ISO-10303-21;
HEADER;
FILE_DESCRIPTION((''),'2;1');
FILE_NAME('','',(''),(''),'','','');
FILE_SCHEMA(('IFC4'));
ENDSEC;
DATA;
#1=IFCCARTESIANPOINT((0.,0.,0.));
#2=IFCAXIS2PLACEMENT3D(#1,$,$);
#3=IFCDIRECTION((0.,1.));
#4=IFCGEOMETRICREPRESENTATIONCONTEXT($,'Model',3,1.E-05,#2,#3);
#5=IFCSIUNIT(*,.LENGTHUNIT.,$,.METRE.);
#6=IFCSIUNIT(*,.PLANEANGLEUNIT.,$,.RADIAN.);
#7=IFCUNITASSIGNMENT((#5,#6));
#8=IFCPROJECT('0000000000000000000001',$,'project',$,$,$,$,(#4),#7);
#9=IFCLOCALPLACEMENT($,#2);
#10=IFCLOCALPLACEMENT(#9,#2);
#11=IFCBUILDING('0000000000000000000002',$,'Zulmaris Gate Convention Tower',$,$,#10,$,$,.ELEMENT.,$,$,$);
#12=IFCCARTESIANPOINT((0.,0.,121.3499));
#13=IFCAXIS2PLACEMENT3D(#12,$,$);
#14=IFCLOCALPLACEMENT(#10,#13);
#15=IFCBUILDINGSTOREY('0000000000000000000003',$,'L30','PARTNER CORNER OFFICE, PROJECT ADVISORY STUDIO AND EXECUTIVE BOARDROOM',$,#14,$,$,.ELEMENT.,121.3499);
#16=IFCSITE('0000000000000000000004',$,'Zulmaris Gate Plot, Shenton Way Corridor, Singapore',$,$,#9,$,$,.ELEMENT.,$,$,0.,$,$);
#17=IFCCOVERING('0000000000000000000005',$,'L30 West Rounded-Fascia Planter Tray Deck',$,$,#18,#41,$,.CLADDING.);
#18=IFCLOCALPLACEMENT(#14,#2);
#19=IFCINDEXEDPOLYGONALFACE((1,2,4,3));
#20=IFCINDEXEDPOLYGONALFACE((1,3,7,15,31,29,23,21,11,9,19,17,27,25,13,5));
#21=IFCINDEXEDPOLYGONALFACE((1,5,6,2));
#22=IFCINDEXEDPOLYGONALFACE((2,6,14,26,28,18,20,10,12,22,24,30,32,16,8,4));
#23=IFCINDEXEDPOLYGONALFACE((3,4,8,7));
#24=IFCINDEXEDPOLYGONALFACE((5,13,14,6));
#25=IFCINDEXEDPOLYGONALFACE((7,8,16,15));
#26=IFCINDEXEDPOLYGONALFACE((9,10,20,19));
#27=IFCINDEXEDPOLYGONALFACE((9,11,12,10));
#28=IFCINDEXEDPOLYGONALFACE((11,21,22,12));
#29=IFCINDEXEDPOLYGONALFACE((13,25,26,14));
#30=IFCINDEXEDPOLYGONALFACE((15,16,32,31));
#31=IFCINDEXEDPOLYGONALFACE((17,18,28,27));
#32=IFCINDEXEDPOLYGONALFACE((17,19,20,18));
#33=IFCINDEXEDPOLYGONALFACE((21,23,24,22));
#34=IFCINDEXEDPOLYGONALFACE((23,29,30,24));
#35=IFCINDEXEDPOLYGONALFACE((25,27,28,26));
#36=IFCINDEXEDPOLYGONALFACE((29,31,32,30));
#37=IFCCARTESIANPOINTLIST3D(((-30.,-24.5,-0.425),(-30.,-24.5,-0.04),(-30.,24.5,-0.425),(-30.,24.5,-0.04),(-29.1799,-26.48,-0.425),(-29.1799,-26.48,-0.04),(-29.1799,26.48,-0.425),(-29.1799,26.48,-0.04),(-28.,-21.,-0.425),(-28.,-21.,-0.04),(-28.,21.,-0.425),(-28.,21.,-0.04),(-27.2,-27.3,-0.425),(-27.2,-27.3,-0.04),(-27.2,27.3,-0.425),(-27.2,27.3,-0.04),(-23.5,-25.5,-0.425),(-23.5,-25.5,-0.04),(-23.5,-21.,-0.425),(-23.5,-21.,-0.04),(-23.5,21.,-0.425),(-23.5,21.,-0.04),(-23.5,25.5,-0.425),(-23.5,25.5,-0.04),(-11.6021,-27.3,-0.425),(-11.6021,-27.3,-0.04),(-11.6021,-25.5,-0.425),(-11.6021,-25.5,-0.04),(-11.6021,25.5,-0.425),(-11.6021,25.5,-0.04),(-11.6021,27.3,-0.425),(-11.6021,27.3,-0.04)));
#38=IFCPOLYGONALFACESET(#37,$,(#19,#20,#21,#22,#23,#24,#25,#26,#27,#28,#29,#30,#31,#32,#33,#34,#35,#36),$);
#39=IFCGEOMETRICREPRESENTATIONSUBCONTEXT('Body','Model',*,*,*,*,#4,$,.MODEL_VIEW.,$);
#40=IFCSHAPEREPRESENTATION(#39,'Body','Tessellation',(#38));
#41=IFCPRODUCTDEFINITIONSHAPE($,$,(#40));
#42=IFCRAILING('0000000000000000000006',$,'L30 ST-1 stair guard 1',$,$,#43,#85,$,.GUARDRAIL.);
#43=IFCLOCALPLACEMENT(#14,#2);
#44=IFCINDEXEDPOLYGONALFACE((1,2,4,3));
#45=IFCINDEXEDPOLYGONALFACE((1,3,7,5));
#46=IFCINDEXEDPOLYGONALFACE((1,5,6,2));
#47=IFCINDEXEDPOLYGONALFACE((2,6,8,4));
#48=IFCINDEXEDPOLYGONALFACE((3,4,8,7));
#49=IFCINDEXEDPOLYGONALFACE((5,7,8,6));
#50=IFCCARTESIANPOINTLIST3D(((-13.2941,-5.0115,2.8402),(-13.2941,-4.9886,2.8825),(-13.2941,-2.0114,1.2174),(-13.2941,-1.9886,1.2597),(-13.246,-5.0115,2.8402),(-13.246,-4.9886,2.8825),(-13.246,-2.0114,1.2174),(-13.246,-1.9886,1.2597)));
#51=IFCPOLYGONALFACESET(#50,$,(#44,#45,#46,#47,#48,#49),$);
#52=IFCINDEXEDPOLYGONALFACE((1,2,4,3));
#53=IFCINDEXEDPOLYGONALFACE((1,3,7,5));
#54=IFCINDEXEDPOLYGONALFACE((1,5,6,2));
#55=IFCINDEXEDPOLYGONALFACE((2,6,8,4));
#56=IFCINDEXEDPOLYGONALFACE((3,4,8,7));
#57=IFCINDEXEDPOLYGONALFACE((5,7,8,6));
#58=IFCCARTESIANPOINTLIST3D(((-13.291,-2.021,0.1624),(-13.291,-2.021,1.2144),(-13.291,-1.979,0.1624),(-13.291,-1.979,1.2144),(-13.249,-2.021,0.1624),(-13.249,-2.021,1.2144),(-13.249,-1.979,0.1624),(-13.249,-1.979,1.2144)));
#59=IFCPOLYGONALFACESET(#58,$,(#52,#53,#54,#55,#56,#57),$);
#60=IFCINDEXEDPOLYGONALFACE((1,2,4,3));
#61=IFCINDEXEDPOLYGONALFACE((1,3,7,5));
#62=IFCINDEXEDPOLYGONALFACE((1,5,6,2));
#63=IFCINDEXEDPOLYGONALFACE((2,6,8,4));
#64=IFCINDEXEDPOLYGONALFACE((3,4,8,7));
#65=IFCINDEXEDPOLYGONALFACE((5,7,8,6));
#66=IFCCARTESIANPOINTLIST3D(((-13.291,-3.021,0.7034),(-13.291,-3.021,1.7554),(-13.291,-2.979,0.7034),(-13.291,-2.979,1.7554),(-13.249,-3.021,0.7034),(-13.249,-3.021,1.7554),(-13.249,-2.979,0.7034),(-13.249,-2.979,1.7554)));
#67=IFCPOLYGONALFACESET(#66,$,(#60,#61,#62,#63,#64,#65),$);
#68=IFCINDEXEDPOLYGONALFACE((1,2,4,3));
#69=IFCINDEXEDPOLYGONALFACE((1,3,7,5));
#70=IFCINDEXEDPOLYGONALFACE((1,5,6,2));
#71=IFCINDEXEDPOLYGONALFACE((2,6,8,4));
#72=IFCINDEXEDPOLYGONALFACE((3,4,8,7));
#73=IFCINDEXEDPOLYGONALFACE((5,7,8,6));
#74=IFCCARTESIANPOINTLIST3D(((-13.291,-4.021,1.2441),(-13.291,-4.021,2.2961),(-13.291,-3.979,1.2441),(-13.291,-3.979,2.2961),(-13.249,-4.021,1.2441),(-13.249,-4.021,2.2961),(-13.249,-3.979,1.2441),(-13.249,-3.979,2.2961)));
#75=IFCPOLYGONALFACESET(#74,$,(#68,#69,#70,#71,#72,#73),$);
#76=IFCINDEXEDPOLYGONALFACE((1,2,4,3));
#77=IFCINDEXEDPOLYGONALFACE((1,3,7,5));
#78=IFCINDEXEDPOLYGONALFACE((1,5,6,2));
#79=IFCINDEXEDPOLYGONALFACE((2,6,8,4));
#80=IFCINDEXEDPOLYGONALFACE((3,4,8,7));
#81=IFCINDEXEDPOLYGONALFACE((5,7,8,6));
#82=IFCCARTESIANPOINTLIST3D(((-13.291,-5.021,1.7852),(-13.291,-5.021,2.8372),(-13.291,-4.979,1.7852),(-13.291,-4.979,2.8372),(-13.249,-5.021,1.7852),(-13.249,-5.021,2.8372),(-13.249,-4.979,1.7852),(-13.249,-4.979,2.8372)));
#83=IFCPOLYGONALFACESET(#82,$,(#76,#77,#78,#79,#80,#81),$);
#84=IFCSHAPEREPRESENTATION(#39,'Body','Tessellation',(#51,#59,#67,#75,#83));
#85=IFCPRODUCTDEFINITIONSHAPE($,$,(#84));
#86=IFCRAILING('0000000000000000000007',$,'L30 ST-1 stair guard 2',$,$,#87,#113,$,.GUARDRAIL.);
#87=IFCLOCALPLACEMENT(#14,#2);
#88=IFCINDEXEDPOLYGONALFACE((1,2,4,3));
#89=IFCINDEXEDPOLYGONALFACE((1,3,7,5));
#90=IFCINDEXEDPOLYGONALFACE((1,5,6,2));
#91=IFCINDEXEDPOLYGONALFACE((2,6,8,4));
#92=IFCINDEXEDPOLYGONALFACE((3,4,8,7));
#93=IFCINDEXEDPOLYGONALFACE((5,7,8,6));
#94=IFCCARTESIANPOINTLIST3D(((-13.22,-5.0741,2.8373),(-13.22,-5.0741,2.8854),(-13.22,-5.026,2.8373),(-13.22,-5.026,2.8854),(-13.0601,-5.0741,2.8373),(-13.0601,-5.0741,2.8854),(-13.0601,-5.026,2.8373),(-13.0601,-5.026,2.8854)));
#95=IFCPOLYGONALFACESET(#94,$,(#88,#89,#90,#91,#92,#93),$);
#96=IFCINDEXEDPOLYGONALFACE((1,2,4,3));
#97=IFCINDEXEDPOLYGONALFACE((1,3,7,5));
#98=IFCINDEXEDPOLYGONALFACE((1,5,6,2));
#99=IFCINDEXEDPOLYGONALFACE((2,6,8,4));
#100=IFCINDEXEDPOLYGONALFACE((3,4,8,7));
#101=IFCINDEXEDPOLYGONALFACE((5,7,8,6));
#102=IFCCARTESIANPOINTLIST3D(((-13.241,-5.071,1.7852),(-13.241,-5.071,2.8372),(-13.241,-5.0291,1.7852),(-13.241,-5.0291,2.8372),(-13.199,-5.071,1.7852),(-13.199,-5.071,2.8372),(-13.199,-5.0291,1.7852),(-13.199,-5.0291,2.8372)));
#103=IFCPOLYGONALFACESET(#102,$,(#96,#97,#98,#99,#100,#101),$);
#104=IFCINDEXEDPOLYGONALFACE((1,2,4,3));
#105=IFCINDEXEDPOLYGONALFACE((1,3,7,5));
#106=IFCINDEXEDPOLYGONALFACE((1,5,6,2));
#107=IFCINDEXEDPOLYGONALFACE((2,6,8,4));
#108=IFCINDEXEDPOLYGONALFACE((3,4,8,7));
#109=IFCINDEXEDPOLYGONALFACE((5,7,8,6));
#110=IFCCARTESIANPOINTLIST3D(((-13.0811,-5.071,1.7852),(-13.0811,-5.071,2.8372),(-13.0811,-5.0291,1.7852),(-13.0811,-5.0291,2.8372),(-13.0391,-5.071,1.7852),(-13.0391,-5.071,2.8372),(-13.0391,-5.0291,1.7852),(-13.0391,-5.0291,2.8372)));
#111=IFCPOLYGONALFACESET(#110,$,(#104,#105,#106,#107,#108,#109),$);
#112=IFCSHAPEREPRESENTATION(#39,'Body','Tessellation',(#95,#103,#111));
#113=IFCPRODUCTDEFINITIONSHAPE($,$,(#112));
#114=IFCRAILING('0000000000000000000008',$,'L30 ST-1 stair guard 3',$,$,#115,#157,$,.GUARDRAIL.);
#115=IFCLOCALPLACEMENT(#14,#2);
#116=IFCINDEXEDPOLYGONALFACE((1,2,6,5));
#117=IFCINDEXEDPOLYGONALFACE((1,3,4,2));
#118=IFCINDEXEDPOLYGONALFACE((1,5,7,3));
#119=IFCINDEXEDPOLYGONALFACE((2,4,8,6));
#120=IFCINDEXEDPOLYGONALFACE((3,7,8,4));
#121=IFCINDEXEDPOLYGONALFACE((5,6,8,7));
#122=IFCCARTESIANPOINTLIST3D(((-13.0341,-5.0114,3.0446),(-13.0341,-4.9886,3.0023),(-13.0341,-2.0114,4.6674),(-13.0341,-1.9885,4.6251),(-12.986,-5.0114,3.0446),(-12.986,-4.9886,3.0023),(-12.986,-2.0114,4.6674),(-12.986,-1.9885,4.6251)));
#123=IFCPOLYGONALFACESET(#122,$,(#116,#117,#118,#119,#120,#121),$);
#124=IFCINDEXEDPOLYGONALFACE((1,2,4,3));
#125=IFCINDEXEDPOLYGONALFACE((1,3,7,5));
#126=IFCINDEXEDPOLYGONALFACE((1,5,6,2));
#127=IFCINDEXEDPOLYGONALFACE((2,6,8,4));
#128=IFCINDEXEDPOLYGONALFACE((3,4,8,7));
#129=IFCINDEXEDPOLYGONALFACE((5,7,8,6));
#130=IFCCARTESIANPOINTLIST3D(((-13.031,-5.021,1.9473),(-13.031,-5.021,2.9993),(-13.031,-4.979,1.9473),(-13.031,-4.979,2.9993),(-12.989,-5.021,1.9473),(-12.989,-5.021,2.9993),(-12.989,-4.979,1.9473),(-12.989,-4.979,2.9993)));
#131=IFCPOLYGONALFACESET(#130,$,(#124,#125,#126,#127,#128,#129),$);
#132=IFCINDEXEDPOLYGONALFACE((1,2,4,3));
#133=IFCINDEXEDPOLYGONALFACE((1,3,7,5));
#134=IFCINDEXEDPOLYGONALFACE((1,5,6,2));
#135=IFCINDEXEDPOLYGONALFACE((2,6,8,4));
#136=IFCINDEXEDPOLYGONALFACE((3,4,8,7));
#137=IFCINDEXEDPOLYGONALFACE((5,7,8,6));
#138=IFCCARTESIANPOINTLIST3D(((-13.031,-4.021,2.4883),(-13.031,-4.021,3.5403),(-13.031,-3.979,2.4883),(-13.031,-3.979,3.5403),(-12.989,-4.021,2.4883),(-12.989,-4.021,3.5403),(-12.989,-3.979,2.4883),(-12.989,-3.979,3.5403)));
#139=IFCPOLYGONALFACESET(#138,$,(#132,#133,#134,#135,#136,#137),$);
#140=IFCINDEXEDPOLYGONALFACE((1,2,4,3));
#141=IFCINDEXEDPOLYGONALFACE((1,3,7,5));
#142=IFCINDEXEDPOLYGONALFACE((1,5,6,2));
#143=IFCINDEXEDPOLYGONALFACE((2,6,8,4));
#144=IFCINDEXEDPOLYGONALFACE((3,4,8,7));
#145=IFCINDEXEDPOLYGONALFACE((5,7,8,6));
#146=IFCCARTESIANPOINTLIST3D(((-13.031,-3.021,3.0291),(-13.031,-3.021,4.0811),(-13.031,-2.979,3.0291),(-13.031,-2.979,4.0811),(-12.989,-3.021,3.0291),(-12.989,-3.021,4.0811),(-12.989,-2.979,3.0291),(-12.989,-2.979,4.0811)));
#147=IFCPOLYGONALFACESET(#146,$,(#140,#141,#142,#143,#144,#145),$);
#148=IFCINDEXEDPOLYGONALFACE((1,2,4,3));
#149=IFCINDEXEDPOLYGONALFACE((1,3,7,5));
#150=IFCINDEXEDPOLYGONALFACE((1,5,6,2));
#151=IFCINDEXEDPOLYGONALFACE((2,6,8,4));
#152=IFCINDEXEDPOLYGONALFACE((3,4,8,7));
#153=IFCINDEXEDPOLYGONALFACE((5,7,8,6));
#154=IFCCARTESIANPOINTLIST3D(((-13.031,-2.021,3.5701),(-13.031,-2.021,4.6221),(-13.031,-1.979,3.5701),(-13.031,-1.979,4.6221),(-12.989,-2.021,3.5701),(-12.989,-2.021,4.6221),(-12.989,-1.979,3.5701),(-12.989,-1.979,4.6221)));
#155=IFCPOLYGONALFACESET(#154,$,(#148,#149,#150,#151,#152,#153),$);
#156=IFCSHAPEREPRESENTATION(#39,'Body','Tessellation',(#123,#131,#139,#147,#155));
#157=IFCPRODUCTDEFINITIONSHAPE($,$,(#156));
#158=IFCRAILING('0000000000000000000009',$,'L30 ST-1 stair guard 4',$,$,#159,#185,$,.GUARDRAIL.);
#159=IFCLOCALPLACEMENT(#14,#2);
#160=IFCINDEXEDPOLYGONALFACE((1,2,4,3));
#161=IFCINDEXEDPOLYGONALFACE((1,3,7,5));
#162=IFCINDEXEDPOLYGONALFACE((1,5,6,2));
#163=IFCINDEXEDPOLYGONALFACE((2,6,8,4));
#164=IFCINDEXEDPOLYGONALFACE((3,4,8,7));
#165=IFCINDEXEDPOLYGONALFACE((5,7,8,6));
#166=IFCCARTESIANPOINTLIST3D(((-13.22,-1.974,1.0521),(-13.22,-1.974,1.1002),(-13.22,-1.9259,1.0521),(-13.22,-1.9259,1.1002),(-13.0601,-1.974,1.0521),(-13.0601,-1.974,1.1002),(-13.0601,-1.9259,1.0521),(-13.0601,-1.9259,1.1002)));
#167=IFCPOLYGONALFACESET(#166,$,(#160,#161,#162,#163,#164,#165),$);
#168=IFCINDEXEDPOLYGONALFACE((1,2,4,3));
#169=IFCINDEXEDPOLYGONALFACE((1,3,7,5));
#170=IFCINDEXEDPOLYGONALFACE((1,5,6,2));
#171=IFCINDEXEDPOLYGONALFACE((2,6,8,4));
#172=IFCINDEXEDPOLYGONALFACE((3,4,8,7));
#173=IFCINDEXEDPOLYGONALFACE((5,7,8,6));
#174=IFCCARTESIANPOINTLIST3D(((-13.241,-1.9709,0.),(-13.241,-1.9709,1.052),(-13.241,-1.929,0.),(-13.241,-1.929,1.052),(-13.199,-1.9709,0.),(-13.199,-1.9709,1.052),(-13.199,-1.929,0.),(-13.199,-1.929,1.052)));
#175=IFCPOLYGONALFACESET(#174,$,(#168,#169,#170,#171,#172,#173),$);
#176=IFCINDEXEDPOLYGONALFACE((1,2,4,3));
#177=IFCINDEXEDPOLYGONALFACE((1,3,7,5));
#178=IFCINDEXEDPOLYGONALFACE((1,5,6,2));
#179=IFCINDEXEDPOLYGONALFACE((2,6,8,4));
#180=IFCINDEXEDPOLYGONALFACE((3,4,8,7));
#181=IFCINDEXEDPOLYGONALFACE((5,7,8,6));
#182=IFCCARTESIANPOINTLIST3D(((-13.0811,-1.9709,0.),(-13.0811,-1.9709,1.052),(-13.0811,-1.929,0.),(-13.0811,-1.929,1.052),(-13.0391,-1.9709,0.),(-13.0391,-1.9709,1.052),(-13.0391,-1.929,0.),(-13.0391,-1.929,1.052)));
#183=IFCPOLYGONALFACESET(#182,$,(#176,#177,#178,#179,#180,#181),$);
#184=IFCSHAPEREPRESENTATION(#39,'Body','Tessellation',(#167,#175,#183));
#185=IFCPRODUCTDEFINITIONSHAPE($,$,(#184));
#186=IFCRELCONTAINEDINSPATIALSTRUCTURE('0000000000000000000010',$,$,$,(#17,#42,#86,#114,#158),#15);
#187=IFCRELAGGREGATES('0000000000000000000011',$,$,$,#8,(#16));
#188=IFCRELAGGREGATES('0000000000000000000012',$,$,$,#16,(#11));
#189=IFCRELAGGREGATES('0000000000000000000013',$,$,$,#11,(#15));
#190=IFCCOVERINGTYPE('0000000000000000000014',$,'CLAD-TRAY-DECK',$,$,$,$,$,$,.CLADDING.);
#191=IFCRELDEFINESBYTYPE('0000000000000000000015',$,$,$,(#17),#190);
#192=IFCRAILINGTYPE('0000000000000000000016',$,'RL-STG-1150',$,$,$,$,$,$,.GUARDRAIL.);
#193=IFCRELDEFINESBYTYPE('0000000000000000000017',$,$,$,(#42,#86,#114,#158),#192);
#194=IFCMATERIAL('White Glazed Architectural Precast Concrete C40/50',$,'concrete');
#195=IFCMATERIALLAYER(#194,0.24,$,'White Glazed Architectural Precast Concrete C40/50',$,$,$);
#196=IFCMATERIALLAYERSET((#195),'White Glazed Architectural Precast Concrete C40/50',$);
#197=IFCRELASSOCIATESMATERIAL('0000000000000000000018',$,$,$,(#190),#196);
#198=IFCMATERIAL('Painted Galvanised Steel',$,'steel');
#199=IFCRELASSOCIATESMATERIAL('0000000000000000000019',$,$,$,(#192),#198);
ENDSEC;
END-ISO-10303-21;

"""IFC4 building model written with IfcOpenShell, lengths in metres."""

from ifc_helpers import new_model, si_unit, direction, frame, origin, origin_2d, place, context, subcontext, project, spatial, polyline, rectangle, outline, extrude, material, layer, layer_set, type_object, element, save


model = new_model("IFC4")

# Units and contexts
model_context = context("Model", 3, precision=1e-05, world=origin(), true_north=direction((0.0, 1.0)))
body_context = subcontext(model_context, "Body", "Model", "MODEL_VIEW")
ifc_project = project(units=[si_unit("LENGTHUNIT", "METRE"), si_unit("PLANEANGLEUNIT", "RADIAN")], contexts=[model_context])

# Site, building, storey
site_placement = place(None, origin())
site = spatial("IfcSite", under=ifc_project, at=site_placement, Name="Zulmaris Gate Plot, Shenton Way Corridor, Singapore", CompositionType="ELEMENT", RefElevation=0.0)
building_placement = place(site_placement, origin())
building = spatial("IfcBuilding", under=site, at=building_placement, Name="Zulmaris Gate Convention Tower", CompositionType="ELEMENT")
storey_placement = place(building_placement, frame((0.0, 0.0, 121.3499)))
storey = spatial("IfcBuildingStorey", under=building, at=storey_placement, Name="L30", Description="PARTNER CORNER OFFICE, PROJECT ADVISORY STUDIO AND EXECUTIVE BOARDROOM", CompositionType="ELEMENT", Elevation=121.3499)

# Covering
ifc_material_1 = material(Name="White Glazed Architectural Precast Concrete C40/50", Category="concrete")
ifc_layer_1 = layer(ifc_material_1, 0.24, Name="White Glazed Architectural Precast Concrete C40/50")
ifc_layer_set_1 = layer_set([ifc_layer_1], Name="White Glazed Architectural Precast Concrete C40/50")
covering_type = type_object("IfcCoveringType", Name="CLAD-TRAY-DECK", PredefinedType="CLADDING", material=ifc_layer_set_1)
covering_placement = place(storey_placement, frame((0.0, 0.0, -0.425)))
element("IfcCovering", 1, at=covering_placement, inside=storey, type_object=covering_type, Name="L30 West Rounded-Fascia Planter Tray Deck", PredefinedType="CLADDING", context=body_context, shape_type="SweptSolid", body=[
    extrude(outline(polyline([(-30.0, 24.5), (-29.1799, 26.48), (-27.2, 27.3), (-11.6021, 27.3), (-11.6021, 25.5), (-23.5, 25.5), (-23.5, 21.0), (-28.0, 21.0), (-28.0, -21.0), (-23.5, -21.0), (-23.5, -25.5), (-11.6021, -25.5), (-11.6021, -27.3), (-27.2, -27.3), (-29.1799, -26.48), (-30.0, -24.5), (-30.0, 24.5)])), origin(), (0.0, 0.0, 1.0), 0.385),
])

# Railings
ifc_material_2 = material(Name="Painted Galvanised Steel", Category="steel")
railing_type_1 = type_object("IfcRailingType", Name="RL-STG-1150", PredefinedType="GUARDRAIL", material=ifc_material_2)
railing_1_placement = place(storey_placement, frame((-13.27, -2.0, 0.1624)))
element("IfcRailing", 2, at=railing_1_placement, inside=storey, type_object=railing_type_1, Name="L30 ST-1 stair guard 1", PredefinedType="GUARDRAIL", context=body_context, shape_type="SweptSolid", body=[
    extrude(rectangle(XDim=0.0481, YDim=0.0481, at=origin_2d()), frame((0.0, 0.0, 1.0762), z_axis=(0.0, -0.879562, 0.475785), x_axis=(1.0, 0.0, 0.0)), (0.0, 0.0, 1.0), 3.4109),
    extrude(rectangle(XDim=0.042, YDim=0.042, at=origin_2d()), origin(), (0.0, 0.0, 1.0), 1.052),
    extrude(rectangle(XDim=0.042, YDim=0.042, at=origin_2d()), frame((0.0, -1.0, 0.541)), (0.0, 0.0, 1.0), 1.052),
    extrude(rectangle(XDim=0.042, YDim=0.042, at=origin_2d()), frame((0.0, -2.0, 1.0818)), (0.0, 0.0, 1.0), 1.052),
    extrude(rectangle(XDim=0.042, YDim=0.042, at=origin_2d()), frame((0.0, -3.0, 1.6228)), (0.0, 0.0, 1.0), 1.052),
])
railing_2_placement = place(storey_placement, frame((-13.22, -5.05, 1.7852)))
element("IfcRailing", 3, at=railing_2_placement, inside=storey, type_object=railing_type_1, Name="L30 ST-1 stair guard 2", PredefinedType="GUARDRAIL", context=body_context, shape_type="SweptSolid", body=[
    extrude(rectangle(XDim=0.0481, YDim=0.0481, at=origin_2d()), frame((0.0, 0.0, 1.0762), z_axis=(1.0, 0.0, 0.0), x_axis=(0.0, 1.0, 0.0)), (0.0, 0.0, 1.0), 0.1599),
    extrude(rectangle(XDim=0.042, YDim=0.042, at=origin_2d()), origin(), (0.0, 0.0, 1.0), 1.052),
    extrude(rectangle(XDim=0.042, YDim=0.042, at=origin_2d()), frame((0.1599, 0.0, 0.0)), (0.0, 0.0, 1.0), 1.052),
])
railing_3_placement = place(storey_placement, frame((-13.01, -5.0, 1.9473)))
element("IfcRailing", 4, at=railing_3_placement, inside=storey, type_object=railing_type_1, Name="L30 ST-1 stair guard 3", PredefinedType="GUARDRAIL", context=body_context, shape_type="SweptSolid", body=[
    extrude(rectangle(XDim=0.0481, YDim=0.0481, at=origin_2d()), frame((0.0, 0.0, 1.0762), z_axis=(0.0, 0.879562, 0.475785), x_axis=(-1.0, 0.0, 0.0)), (0.0, 0.0, 1.0), 3.4109),
    extrude(rectangle(XDim=0.042, YDim=0.042, at=origin_2d()), origin(), (0.0, 0.0, 1.0), 1.052),
    extrude(rectangle(XDim=0.042, YDim=0.042, at=origin_2d()), frame((0.0, 1.0, 0.541)), (0.0, 0.0, 1.0), 1.052),
    extrude(rectangle(XDim=0.042, YDim=0.042, at=origin_2d()), frame((0.0, 2.0, 1.0818)), (0.0, 0.0, 1.0), 1.052),
    extrude(rectangle(XDim=0.042, YDim=0.042, at=origin_2d()), frame((0.0, 3.0, 1.6228)), (0.0, 0.0, 1.0), 1.052),
])
railing_4_placement = place(storey_placement, frame((-13.22, -1.95, 0.0)))
element("IfcRailing", 5, at=railing_4_placement, inside=storey, type_object=railing_type_1, Name="L30 ST-1 stair guard 4", PredefinedType="GUARDRAIL", context=body_context, shape_type="SweptSolid", body=[
    extrude(rectangle(XDim=0.0481, YDim=0.0481, at=origin_2d()), frame((0.0, 0.0, 1.0762), z_axis=(1.0, 0.0, 0.0), x_axis=(0.0, 1.0, 0.0)), (0.0, 0.0, 1.0), 0.1599),
    extrude(rectangle(XDim=0.042, YDim=0.042, at=origin_2d()), origin(), (0.0, 0.0, 1.0), 1.052),
    extrude(rectangle(XDim=0.042, YDim=0.042, at=origin_2d()), frame((0.1599, 0.0, 0.0)), (0.0, 0.0, 1.0), 1.052),
])

save(model, "model.ifc")
